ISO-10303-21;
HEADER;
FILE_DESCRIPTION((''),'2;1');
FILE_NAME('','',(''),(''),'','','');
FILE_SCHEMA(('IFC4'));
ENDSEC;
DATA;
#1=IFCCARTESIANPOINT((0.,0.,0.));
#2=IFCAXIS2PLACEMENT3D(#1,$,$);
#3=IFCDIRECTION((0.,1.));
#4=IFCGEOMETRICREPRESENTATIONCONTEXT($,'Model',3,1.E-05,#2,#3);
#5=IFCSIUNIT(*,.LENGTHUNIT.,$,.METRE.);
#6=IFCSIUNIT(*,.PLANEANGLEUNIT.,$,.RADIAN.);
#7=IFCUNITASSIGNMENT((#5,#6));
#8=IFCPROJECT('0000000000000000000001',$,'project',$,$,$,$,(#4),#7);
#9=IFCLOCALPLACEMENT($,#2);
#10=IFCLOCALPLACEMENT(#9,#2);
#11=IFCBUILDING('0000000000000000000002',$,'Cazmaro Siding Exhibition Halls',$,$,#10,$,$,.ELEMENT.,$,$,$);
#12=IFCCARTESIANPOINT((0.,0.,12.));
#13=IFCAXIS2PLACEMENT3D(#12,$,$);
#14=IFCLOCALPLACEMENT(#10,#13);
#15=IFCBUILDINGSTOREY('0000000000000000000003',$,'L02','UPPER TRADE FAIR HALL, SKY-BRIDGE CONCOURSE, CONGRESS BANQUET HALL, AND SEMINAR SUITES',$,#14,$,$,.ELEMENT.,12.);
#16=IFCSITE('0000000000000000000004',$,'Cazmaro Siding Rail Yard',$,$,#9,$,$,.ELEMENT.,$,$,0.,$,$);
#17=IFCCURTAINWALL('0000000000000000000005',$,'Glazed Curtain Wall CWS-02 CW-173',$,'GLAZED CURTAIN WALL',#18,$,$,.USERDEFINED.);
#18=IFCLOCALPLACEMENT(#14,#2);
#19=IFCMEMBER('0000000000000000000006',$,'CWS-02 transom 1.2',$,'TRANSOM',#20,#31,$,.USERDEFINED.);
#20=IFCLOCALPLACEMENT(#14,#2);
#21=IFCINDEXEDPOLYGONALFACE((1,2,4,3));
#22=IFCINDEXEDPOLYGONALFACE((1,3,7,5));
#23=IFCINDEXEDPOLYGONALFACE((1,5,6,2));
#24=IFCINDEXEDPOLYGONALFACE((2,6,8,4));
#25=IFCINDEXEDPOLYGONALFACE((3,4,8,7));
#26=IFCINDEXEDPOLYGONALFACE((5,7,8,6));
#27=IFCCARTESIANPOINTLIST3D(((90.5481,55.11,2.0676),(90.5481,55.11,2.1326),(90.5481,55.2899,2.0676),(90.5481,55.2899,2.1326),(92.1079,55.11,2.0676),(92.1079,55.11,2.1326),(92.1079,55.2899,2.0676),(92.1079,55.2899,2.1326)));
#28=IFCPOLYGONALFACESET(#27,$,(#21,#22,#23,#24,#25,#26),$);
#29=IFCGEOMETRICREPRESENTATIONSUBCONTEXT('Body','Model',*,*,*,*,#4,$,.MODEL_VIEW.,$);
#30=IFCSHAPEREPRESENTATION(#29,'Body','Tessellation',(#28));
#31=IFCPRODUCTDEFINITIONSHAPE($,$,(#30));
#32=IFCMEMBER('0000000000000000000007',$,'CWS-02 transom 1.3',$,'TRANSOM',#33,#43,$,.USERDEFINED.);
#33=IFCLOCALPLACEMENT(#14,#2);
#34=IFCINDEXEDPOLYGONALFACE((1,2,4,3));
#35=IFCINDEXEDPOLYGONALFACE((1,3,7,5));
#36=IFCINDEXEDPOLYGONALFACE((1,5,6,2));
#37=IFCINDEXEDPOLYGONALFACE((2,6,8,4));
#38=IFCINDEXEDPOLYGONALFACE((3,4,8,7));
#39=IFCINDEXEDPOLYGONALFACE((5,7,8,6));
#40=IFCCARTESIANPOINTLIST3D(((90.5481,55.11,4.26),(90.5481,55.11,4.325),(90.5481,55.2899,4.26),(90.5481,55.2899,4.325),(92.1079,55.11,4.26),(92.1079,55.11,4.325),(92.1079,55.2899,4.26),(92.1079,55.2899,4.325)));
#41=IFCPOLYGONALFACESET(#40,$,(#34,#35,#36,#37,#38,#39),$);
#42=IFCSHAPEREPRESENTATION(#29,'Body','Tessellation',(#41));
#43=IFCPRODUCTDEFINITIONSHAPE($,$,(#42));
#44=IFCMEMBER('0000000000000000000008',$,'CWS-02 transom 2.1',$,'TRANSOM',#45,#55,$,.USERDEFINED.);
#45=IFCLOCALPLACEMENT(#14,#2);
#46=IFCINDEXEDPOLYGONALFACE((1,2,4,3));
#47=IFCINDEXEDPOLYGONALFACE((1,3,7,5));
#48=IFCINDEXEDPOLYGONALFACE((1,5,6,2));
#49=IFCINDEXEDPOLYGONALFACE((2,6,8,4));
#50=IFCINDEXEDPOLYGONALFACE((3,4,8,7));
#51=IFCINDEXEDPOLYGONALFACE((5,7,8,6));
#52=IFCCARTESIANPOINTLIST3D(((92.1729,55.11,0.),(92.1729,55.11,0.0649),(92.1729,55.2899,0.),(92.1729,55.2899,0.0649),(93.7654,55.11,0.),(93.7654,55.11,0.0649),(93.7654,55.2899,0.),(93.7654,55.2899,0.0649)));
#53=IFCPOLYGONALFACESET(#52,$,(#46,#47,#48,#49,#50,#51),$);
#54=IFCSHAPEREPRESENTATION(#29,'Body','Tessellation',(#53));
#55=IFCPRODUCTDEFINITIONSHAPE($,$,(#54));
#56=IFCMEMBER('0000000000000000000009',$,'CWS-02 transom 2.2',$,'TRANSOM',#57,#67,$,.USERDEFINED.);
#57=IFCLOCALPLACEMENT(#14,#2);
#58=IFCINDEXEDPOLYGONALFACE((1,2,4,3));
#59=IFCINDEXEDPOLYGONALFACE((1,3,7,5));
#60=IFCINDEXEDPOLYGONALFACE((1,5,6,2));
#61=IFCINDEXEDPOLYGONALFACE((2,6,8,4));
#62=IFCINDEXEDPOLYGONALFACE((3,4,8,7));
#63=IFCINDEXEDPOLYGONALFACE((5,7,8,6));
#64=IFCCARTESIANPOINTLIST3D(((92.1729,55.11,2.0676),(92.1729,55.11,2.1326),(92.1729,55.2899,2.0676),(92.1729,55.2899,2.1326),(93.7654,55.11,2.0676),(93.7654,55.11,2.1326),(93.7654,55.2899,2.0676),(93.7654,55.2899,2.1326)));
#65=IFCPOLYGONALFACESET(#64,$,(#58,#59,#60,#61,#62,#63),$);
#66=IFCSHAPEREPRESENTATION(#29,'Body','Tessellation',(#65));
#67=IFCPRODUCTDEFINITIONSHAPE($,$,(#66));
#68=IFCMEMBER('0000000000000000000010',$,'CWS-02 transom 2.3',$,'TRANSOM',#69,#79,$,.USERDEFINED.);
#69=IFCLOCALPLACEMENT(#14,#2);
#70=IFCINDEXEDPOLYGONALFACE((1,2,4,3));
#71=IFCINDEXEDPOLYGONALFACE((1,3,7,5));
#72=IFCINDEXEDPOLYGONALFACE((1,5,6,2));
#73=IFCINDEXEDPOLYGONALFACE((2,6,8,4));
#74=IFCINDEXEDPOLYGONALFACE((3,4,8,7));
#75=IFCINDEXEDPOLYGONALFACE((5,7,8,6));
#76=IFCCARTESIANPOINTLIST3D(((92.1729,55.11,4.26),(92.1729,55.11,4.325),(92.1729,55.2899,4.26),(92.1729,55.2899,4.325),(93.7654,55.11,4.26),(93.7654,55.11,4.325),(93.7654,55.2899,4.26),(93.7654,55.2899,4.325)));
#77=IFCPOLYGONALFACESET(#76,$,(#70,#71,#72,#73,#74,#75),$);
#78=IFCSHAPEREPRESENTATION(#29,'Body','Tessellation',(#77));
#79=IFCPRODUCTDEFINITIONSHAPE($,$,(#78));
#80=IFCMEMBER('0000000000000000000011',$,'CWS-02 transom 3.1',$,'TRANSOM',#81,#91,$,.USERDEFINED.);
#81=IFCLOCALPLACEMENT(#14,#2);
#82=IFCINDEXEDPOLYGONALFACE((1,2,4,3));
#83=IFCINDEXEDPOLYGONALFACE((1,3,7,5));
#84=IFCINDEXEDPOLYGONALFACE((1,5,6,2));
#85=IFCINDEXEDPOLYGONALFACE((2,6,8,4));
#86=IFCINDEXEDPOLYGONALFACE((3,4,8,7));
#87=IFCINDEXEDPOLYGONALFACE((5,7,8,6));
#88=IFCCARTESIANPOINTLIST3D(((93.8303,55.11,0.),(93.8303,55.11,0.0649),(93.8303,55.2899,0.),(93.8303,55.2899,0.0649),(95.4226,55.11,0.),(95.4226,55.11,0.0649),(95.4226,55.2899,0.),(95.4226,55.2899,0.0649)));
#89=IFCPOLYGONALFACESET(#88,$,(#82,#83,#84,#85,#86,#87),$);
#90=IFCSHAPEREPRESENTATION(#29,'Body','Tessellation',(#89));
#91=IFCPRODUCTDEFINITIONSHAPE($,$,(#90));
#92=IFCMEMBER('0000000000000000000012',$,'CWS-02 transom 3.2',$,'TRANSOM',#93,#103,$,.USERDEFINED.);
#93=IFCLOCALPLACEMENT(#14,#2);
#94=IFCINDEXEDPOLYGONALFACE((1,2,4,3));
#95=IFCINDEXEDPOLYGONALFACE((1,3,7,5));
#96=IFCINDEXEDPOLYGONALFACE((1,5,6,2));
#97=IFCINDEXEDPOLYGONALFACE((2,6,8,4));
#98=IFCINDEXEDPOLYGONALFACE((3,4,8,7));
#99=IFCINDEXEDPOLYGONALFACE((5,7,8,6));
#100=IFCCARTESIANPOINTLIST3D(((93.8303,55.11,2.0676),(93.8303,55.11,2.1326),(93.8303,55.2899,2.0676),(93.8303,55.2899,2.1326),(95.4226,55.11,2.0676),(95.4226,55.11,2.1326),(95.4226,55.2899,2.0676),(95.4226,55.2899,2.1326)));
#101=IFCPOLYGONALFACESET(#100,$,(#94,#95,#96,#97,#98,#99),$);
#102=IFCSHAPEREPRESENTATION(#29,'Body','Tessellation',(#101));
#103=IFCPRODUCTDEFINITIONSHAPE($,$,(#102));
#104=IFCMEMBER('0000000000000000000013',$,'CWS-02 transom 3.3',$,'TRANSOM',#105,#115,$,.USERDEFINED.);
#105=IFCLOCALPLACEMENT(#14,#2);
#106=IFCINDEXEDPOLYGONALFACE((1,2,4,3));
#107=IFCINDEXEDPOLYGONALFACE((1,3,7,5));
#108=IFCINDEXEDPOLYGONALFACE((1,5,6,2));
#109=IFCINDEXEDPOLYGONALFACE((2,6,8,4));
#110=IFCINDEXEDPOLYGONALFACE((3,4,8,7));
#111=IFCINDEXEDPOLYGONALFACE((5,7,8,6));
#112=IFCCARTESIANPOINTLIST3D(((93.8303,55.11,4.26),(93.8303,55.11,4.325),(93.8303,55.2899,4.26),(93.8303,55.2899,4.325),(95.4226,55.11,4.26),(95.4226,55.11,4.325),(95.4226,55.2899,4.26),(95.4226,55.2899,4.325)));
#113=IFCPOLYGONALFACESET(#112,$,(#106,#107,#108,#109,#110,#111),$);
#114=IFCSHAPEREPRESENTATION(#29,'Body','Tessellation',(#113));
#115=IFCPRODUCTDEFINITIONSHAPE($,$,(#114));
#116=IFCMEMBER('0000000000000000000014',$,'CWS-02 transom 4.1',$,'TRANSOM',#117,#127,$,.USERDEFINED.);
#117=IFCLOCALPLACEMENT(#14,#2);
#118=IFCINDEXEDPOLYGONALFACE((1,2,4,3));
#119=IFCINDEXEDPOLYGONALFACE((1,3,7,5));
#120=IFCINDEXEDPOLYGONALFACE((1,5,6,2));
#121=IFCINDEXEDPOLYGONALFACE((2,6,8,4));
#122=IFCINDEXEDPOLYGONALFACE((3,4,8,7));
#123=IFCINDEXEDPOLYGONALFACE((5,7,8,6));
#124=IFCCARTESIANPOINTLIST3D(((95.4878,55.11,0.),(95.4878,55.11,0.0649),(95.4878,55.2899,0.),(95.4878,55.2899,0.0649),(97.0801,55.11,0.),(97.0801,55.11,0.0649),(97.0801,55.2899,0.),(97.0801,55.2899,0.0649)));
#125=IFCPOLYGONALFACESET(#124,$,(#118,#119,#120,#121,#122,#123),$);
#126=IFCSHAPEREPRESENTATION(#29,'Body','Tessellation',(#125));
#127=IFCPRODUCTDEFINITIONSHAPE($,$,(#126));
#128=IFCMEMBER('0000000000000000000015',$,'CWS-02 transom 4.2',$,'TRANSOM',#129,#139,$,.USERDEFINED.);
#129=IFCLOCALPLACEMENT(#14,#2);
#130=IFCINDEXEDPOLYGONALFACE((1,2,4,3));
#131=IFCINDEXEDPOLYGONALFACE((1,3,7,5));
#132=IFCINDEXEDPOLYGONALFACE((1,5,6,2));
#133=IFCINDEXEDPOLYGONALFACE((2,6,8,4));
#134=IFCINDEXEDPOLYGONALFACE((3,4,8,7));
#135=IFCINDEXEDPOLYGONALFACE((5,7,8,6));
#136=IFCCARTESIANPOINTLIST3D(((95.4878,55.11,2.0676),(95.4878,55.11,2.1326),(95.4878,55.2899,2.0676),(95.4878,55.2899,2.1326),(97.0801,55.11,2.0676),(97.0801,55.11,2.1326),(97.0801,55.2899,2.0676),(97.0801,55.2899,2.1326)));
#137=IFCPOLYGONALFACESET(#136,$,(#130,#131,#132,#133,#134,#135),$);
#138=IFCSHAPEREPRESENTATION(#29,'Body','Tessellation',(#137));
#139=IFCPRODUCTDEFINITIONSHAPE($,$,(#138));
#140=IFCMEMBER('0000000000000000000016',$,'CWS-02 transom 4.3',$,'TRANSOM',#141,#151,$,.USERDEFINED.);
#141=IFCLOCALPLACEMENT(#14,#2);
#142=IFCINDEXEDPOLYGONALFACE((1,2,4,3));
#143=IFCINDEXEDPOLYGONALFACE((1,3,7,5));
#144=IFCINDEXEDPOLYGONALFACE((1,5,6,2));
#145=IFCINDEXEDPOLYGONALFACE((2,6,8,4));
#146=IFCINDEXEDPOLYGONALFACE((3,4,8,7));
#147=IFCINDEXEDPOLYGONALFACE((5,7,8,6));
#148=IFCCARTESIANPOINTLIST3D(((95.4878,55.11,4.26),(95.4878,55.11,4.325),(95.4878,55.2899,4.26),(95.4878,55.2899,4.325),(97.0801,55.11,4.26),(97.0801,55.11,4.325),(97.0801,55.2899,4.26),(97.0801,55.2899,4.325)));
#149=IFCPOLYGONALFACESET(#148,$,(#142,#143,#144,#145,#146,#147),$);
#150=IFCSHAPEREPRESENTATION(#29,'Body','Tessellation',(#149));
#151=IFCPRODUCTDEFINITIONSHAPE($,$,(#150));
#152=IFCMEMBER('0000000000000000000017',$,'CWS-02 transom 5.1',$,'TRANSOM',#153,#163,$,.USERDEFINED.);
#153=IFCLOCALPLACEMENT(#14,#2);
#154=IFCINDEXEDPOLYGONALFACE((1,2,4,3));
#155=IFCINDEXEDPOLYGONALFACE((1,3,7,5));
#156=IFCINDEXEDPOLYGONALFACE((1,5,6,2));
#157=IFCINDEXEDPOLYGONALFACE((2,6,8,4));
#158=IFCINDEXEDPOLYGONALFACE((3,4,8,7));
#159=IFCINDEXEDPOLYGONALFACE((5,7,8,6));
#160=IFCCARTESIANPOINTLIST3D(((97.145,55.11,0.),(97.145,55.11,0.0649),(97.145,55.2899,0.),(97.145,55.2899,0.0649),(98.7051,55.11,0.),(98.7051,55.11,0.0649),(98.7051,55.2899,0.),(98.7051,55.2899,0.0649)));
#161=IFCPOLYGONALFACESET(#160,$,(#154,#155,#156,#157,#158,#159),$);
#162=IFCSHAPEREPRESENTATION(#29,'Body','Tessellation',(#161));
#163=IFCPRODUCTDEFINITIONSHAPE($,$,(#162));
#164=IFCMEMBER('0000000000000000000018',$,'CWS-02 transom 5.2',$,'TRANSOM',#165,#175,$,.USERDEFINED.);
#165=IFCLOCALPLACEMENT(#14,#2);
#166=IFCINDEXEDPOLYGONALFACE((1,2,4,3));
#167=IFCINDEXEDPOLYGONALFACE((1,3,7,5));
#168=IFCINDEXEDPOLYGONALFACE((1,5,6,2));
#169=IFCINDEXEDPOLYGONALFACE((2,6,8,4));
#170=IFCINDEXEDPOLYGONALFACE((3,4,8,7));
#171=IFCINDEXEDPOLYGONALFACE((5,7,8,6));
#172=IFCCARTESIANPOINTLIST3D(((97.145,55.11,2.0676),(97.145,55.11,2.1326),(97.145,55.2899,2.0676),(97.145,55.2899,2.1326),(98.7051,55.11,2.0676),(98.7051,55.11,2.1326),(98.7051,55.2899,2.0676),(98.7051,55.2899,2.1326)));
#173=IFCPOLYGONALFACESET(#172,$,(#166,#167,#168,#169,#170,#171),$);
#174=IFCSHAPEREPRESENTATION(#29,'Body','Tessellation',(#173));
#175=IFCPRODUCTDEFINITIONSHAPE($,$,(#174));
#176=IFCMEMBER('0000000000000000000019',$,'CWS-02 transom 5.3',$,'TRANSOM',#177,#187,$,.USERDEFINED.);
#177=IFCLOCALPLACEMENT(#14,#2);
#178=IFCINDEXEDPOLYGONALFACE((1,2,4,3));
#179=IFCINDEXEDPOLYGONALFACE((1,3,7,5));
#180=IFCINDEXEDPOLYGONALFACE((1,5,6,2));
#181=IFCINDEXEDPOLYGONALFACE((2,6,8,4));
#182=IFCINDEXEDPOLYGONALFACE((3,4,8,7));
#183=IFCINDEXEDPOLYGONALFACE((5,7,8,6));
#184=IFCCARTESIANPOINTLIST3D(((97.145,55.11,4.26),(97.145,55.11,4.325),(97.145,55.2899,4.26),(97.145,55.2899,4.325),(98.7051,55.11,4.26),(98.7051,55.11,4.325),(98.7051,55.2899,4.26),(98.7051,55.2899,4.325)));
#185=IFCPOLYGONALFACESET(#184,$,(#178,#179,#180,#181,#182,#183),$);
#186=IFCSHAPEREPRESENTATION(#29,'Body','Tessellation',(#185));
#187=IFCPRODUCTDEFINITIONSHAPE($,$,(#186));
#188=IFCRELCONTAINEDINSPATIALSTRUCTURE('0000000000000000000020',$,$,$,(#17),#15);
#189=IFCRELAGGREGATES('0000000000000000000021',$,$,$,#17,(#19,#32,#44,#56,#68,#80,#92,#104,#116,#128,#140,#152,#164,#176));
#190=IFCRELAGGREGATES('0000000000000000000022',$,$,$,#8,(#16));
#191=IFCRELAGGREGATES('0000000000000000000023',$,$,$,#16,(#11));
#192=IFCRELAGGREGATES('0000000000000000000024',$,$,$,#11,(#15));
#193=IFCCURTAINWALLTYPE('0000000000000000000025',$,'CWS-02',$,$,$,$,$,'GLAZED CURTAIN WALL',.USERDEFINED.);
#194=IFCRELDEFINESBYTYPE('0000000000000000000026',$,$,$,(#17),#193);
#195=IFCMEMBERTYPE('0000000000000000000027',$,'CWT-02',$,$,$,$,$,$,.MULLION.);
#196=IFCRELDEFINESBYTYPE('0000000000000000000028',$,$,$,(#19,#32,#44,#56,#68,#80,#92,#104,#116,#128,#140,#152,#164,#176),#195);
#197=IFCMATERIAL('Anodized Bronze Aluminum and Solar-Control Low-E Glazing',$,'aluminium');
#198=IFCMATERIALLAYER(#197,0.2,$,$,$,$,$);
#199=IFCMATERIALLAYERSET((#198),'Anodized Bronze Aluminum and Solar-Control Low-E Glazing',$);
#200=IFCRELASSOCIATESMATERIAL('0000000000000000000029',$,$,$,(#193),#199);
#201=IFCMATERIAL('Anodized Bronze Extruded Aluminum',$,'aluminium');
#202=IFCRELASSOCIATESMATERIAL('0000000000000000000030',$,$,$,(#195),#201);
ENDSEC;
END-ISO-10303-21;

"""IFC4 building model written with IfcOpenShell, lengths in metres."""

from ifc_helpers import new_model, si_unit, direction, frame, origin, origin_2d, place, context, subcontext, project, spatial, rectangle, extrude, material, layer, layer_set, material_profile, profile_set, type_object, element, aggregate, save


model = new_model("IFC4")

# Units and contexts
model_context = context("Model", 3, precision=1e-05, world=origin(), true_north=direction((0.0, 1.0)))
body_context = subcontext(model_context, "Body", "Model", "MODEL_VIEW")
ifc_project = project(units=[si_unit("LENGTHUNIT", "METRE"), si_unit("PLANEANGLEUNIT", "RADIAN")], contexts=[model_context])

# Site, building, storey
site_placement = place(None, origin())
site = spatial("IfcSite", under=ifc_project, at=site_placement, Name="Cazmaro Siding Rail Yard", CompositionType="ELEMENT", RefElevation=0.0)
building_placement = place(site_placement, origin())
building = spatial("IfcBuilding", under=site, at=building_placement, Name="Cazmaro Siding Exhibition Halls", CompositionType="ELEMENT")
storey_placement = place(building_placement, frame((0.0, 0.0, 12.0)))
storey = spatial("IfcBuildingStorey", under=building, at=storey_placement, Name="L02", Description="UPPER TRADE FAIR HALL, SKY-BRIDGE CONCOURSE, CONGRESS BANQUET HALL, AND SEMINAR SUITES", CompositionType="ELEMENT", Elevation=12.0)

# Shared definitions
ifc_material_1 = material(Name="Anodized Bronze Aluminum and Solar-Control Low-E Glazing", Category="aluminium")
ifc_layer_1 = layer(ifc_material_1, 0.2)
ifc_layer_set_1 = layer_set([ifc_layer_1], Name="Anodized Bronze Aluminum and Solar-Control Low-E Glazing")
curtain_wall_type = type_object("IfcCurtainWallType", Name="CWS-02", ElementType="GLAZED CURTAIN WALL", PredefinedType="USERDEFINED", material=ifc_layer_set_1)

# Curtain wall
curtain_wall_1_placement = place(storey_placement, origin())
curtain_wall_1 = element("IfcCurtainWall", 1, at=curtain_wall_1_placement, inside=storey, type_object=curtain_wall_type, Name="Glazed Curtain Wall CWS-02 CW-173", ObjectType="GLAZED CURTAIN WALL", PredefinedType="USERDEFINED")

# Members
ifc_material_2 = material(Name="Anodized Bronze Extruded Aluminum", Category="aluminium")
ifc_material_profile_1 = material_profile(ifc_material_2, rectangle(XDim=0.1799, YDim=0.0649, at=origin_2d()), Name="CWT-02")
ifc_profile_set_1 = profile_set([ifc_material_profile_1], Name="Anodized Bronze Extruded Aluminum")
member_type_1 = type_object("IfcMemberType", Name="CWT-02", PredefinedType="MULLION", material=ifc_profile_set_1)
member_1_placement = place(storey_placement, frame((90.5481, 55.2, 2.1001), z_axis=(1.0, 0.0, 0.0), x_axis=(0.0, 1.0, 0.0)))
member_1 = element("IfcMember", 2, at=member_1_placement, type_object=member_type_1, Name="CWS-02 transom 1.2", ObjectType="TRANSOM", PredefinedType="USERDEFINED", context=body_context, shape_type="SweptSolid", body=[
    extrude(rectangle(XDim=0.1799, YDim=0.0649, at=origin_2d()), origin(), (0.0, 0.0, 1.0), 1.5598),
])
member_2_placement = place(storey_placement, frame((90.5481, 55.2, 4.2925), z_axis=(1.0, 0.0, 0.0), x_axis=(0.0, 1.0, 0.0)))
member_2 = element("IfcMember", 3, at=member_2_placement, type_object=member_type_1, Name="CWS-02 transom 1.3", ObjectType="TRANSOM", PredefinedType="USERDEFINED", context=body_context, shape_type="SweptSolid", body=[
    extrude(rectangle(XDim=0.1799, YDim=0.0649, at=origin_2d()), origin(), (0.0, 0.0, 1.0), 1.5598),
])
member_3_placement = place(storey_placement, frame((92.1729, 55.2, 0.0325), z_axis=(1.0, 0.0, 0.0), x_axis=(0.0, 1.0, 0.0)))
member_3 = element("IfcMember", 4, at=member_3_placement, type_object=member_type_1, Name="CWS-02 transom 2.1", ObjectType="TRANSOM", PredefinedType="USERDEFINED", context=body_context, shape_type="SweptSolid", body=[
    extrude(rectangle(XDim=0.1799, YDim=0.0649, at=origin_2d()), origin(), (0.0, 0.0, 1.0), 1.5925),
])
member_4_placement = place(storey_placement, frame((92.1729, 55.2, 2.1001), z_axis=(1.0, 0.0, 0.0), x_axis=(0.0, 1.0, 0.0)))
member_4 = element("IfcMember", 5, at=member_4_placement, type_object=member_type_1, Name="CWS-02 transom 2.2", ObjectType="TRANSOM", PredefinedType="USERDEFINED", context=body_context, shape_type="SweptSolid", body=[
    extrude(rectangle(XDim=0.1799, YDim=0.0649, at=origin_2d()), origin(), (0.0, 0.0, 1.0), 1.5925),
])
member_5_placement = place(storey_placement, frame((92.1729, 55.2, 4.2925), z_axis=(1.0, 0.0, 0.0), x_axis=(0.0, 1.0, 0.0)))
member_5 = element("IfcMember", 6, at=member_5_placement, type_object=member_type_1, Name="CWS-02 transom 2.3", ObjectType="TRANSOM", PredefinedType="USERDEFINED", context=body_context, shape_type="SweptSolid", body=[
    extrude(rectangle(XDim=0.1799, YDim=0.0649, at=origin_2d()), origin(), (0.0, 0.0, 1.0), 1.5925),
])
member_6_placement = place(storey_placement, frame((93.8303, 55.2, 0.0325), z_axis=(1.0, 0.0, 0.0), x_axis=(0.0, 1.0, 0.0)))
member_6 = element("IfcMember", 7, at=member_6_placement, type_object=member_type_1, Name="CWS-02 transom 3.1", ObjectType="TRANSOM", PredefinedType="USERDEFINED", context=body_context, shape_type="SweptSolid", body=[
    extrude(rectangle(XDim=0.1799, YDim=0.0649, at=origin_2d()), origin(), (0.0, 0.0, 1.0), 1.5923),
])
member_7_placement = place(storey_placement, frame((93.8303, 55.2, 2.1001), z_axis=(1.0, 0.0, 0.0), x_axis=(0.0, 1.0, 0.0)))
member_7 = element("IfcMember", 8, at=member_7_placement, type_object=member_type_1, Name="CWS-02 transom 3.2", ObjectType="TRANSOM", PredefinedType="USERDEFINED", context=body_context, shape_type="SweptSolid", body=[
    extrude(rectangle(XDim=0.1799, YDim=0.0649, at=origin_2d()), origin(), (0.0, 0.0, 1.0), 1.5923),
])
member_8_placement = place(storey_placement, frame((93.8303, 55.2, 4.2925), z_axis=(1.0, 0.0, 0.0), x_axis=(0.0, 1.0, 0.0)))
member_8 = element("IfcMember", 9, at=member_8_placement, type_object=member_type_1, Name="CWS-02 transom 3.3", ObjectType="TRANSOM", PredefinedType="USERDEFINED", context=body_context, shape_type="SweptSolid", body=[
    extrude(rectangle(XDim=0.1799, YDim=0.0649, at=origin_2d()), origin(), (0.0, 0.0, 1.0), 1.5923),
])
member_9_placement = place(storey_placement, frame((95.4878, 55.2, 0.0325), z_axis=(1.0, 0.0, 0.0), x_axis=(0.0, 1.0, 0.0)))
member_9 = element("IfcMember", 10, at=member_9_placement, type_object=member_type_1, Name="CWS-02 transom 4.1", ObjectType="TRANSOM", PredefinedType="USERDEFINED", context=body_context, shape_type="SweptSolid", body=[
    extrude(rectangle(XDim=0.1799, YDim=0.0649, at=origin_2d()), origin(), (0.0, 0.0, 1.0), 1.5923),
])
member_10_placement = place(storey_placement, frame((95.4878, 55.2, 2.1001), z_axis=(1.0, 0.0, 0.0), x_axis=(0.0, 1.0, 0.0)))
member_10 = element("IfcMember", 11, at=member_10_placement, type_object=member_type_1, Name="CWS-02 transom 4.2", ObjectType="TRANSOM", PredefinedType="USERDEFINED", context=body_context, shape_type="SweptSolid", body=[
    extrude(rectangle(XDim=0.1799, YDim=0.0649, at=origin_2d()), origin(), (0.0, 0.0, 1.0), 1.5923),
])
member_11_placement = place(storey_placement, frame((95.4878, 55.2, 4.2925), z_axis=(1.0, 0.0, 0.0), x_axis=(0.0, 1.0, 0.0)))
member_11 = element("IfcMember", 12, at=member_11_placement, type_object=member_type_1, Name="CWS-02 transom 4.3", ObjectType="TRANSOM", PredefinedType="USERDEFINED", context=body_context, shape_type="SweptSolid", body=[
    extrude(rectangle(XDim=0.1799, YDim=0.0649, at=origin_2d()), origin(), (0.0, 0.0, 1.0), 1.5923),
])
member_12_placement = place(storey_placement, frame((97.145, 55.2, 0.0325), z_axis=(1.0, 0.0, 0.0), x_axis=(0.0, 1.0, 0.0)))
member_12 = element("IfcMember", 13, at=member_12_placement, type_object=member_type_1, Name="CWS-02 transom 5.1", ObjectType="TRANSOM", PredefinedType="USERDEFINED", context=body_context, shape_type="SweptSolid", body=[
    extrude(rectangle(XDim=0.1799, YDim=0.0649, at=origin_2d()), origin(), (0.0, 0.0, 1.0), 1.5601),
])
member_13_placement = place(storey_placement, frame((97.145, 55.2, 2.1001), z_axis=(1.0, 0.0, 0.0), x_axis=(0.0, 1.0, 0.0)))
member_13 = element("IfcMember", 14, at=member_13_placement, type_object=member_type_1, Name="CWS-02 transom 5.2", ObjectType="TRANSOM", PredefinedType="USERDEFINED", context=body_context, shape_type="SweptSolid", body=[
    extrude(rectangle(XDim=0.1799, YDim=0.0649, at=origin_2d()), origin(), (0.0, 0.0, 1.0), 1.5601),
])
member_14_placement = place(storey_placement, frame((97.145, 55.2, 4.2925), z_axis=(1.0, 0.0, 0.0), x_axis=(0.0, 1.0, 0.0)))
member_14 = element("IfcMember", 15, at=member_14_placement, type_object=member_type_1, Name="CWS-02 transom 5.3", ObjectType="TRANSOM", PredefinedType="USERDEFINED", context=body_context, shape_type="SweptSolid", body=[
    extrude(rectangle(XDim=0.1799, YDim=0.0649, at=origin_2d()), origin(), (0.0, 0.0, 1.0), 1.5601),
])

aggregate(curtain_wall_1, [member_1, member_2, member_3, member_4, member_5, member_6, member_7, member_8, member_9, member_10, member_11, member_12, member_13, member_14])

save(model, "model.ifc")
